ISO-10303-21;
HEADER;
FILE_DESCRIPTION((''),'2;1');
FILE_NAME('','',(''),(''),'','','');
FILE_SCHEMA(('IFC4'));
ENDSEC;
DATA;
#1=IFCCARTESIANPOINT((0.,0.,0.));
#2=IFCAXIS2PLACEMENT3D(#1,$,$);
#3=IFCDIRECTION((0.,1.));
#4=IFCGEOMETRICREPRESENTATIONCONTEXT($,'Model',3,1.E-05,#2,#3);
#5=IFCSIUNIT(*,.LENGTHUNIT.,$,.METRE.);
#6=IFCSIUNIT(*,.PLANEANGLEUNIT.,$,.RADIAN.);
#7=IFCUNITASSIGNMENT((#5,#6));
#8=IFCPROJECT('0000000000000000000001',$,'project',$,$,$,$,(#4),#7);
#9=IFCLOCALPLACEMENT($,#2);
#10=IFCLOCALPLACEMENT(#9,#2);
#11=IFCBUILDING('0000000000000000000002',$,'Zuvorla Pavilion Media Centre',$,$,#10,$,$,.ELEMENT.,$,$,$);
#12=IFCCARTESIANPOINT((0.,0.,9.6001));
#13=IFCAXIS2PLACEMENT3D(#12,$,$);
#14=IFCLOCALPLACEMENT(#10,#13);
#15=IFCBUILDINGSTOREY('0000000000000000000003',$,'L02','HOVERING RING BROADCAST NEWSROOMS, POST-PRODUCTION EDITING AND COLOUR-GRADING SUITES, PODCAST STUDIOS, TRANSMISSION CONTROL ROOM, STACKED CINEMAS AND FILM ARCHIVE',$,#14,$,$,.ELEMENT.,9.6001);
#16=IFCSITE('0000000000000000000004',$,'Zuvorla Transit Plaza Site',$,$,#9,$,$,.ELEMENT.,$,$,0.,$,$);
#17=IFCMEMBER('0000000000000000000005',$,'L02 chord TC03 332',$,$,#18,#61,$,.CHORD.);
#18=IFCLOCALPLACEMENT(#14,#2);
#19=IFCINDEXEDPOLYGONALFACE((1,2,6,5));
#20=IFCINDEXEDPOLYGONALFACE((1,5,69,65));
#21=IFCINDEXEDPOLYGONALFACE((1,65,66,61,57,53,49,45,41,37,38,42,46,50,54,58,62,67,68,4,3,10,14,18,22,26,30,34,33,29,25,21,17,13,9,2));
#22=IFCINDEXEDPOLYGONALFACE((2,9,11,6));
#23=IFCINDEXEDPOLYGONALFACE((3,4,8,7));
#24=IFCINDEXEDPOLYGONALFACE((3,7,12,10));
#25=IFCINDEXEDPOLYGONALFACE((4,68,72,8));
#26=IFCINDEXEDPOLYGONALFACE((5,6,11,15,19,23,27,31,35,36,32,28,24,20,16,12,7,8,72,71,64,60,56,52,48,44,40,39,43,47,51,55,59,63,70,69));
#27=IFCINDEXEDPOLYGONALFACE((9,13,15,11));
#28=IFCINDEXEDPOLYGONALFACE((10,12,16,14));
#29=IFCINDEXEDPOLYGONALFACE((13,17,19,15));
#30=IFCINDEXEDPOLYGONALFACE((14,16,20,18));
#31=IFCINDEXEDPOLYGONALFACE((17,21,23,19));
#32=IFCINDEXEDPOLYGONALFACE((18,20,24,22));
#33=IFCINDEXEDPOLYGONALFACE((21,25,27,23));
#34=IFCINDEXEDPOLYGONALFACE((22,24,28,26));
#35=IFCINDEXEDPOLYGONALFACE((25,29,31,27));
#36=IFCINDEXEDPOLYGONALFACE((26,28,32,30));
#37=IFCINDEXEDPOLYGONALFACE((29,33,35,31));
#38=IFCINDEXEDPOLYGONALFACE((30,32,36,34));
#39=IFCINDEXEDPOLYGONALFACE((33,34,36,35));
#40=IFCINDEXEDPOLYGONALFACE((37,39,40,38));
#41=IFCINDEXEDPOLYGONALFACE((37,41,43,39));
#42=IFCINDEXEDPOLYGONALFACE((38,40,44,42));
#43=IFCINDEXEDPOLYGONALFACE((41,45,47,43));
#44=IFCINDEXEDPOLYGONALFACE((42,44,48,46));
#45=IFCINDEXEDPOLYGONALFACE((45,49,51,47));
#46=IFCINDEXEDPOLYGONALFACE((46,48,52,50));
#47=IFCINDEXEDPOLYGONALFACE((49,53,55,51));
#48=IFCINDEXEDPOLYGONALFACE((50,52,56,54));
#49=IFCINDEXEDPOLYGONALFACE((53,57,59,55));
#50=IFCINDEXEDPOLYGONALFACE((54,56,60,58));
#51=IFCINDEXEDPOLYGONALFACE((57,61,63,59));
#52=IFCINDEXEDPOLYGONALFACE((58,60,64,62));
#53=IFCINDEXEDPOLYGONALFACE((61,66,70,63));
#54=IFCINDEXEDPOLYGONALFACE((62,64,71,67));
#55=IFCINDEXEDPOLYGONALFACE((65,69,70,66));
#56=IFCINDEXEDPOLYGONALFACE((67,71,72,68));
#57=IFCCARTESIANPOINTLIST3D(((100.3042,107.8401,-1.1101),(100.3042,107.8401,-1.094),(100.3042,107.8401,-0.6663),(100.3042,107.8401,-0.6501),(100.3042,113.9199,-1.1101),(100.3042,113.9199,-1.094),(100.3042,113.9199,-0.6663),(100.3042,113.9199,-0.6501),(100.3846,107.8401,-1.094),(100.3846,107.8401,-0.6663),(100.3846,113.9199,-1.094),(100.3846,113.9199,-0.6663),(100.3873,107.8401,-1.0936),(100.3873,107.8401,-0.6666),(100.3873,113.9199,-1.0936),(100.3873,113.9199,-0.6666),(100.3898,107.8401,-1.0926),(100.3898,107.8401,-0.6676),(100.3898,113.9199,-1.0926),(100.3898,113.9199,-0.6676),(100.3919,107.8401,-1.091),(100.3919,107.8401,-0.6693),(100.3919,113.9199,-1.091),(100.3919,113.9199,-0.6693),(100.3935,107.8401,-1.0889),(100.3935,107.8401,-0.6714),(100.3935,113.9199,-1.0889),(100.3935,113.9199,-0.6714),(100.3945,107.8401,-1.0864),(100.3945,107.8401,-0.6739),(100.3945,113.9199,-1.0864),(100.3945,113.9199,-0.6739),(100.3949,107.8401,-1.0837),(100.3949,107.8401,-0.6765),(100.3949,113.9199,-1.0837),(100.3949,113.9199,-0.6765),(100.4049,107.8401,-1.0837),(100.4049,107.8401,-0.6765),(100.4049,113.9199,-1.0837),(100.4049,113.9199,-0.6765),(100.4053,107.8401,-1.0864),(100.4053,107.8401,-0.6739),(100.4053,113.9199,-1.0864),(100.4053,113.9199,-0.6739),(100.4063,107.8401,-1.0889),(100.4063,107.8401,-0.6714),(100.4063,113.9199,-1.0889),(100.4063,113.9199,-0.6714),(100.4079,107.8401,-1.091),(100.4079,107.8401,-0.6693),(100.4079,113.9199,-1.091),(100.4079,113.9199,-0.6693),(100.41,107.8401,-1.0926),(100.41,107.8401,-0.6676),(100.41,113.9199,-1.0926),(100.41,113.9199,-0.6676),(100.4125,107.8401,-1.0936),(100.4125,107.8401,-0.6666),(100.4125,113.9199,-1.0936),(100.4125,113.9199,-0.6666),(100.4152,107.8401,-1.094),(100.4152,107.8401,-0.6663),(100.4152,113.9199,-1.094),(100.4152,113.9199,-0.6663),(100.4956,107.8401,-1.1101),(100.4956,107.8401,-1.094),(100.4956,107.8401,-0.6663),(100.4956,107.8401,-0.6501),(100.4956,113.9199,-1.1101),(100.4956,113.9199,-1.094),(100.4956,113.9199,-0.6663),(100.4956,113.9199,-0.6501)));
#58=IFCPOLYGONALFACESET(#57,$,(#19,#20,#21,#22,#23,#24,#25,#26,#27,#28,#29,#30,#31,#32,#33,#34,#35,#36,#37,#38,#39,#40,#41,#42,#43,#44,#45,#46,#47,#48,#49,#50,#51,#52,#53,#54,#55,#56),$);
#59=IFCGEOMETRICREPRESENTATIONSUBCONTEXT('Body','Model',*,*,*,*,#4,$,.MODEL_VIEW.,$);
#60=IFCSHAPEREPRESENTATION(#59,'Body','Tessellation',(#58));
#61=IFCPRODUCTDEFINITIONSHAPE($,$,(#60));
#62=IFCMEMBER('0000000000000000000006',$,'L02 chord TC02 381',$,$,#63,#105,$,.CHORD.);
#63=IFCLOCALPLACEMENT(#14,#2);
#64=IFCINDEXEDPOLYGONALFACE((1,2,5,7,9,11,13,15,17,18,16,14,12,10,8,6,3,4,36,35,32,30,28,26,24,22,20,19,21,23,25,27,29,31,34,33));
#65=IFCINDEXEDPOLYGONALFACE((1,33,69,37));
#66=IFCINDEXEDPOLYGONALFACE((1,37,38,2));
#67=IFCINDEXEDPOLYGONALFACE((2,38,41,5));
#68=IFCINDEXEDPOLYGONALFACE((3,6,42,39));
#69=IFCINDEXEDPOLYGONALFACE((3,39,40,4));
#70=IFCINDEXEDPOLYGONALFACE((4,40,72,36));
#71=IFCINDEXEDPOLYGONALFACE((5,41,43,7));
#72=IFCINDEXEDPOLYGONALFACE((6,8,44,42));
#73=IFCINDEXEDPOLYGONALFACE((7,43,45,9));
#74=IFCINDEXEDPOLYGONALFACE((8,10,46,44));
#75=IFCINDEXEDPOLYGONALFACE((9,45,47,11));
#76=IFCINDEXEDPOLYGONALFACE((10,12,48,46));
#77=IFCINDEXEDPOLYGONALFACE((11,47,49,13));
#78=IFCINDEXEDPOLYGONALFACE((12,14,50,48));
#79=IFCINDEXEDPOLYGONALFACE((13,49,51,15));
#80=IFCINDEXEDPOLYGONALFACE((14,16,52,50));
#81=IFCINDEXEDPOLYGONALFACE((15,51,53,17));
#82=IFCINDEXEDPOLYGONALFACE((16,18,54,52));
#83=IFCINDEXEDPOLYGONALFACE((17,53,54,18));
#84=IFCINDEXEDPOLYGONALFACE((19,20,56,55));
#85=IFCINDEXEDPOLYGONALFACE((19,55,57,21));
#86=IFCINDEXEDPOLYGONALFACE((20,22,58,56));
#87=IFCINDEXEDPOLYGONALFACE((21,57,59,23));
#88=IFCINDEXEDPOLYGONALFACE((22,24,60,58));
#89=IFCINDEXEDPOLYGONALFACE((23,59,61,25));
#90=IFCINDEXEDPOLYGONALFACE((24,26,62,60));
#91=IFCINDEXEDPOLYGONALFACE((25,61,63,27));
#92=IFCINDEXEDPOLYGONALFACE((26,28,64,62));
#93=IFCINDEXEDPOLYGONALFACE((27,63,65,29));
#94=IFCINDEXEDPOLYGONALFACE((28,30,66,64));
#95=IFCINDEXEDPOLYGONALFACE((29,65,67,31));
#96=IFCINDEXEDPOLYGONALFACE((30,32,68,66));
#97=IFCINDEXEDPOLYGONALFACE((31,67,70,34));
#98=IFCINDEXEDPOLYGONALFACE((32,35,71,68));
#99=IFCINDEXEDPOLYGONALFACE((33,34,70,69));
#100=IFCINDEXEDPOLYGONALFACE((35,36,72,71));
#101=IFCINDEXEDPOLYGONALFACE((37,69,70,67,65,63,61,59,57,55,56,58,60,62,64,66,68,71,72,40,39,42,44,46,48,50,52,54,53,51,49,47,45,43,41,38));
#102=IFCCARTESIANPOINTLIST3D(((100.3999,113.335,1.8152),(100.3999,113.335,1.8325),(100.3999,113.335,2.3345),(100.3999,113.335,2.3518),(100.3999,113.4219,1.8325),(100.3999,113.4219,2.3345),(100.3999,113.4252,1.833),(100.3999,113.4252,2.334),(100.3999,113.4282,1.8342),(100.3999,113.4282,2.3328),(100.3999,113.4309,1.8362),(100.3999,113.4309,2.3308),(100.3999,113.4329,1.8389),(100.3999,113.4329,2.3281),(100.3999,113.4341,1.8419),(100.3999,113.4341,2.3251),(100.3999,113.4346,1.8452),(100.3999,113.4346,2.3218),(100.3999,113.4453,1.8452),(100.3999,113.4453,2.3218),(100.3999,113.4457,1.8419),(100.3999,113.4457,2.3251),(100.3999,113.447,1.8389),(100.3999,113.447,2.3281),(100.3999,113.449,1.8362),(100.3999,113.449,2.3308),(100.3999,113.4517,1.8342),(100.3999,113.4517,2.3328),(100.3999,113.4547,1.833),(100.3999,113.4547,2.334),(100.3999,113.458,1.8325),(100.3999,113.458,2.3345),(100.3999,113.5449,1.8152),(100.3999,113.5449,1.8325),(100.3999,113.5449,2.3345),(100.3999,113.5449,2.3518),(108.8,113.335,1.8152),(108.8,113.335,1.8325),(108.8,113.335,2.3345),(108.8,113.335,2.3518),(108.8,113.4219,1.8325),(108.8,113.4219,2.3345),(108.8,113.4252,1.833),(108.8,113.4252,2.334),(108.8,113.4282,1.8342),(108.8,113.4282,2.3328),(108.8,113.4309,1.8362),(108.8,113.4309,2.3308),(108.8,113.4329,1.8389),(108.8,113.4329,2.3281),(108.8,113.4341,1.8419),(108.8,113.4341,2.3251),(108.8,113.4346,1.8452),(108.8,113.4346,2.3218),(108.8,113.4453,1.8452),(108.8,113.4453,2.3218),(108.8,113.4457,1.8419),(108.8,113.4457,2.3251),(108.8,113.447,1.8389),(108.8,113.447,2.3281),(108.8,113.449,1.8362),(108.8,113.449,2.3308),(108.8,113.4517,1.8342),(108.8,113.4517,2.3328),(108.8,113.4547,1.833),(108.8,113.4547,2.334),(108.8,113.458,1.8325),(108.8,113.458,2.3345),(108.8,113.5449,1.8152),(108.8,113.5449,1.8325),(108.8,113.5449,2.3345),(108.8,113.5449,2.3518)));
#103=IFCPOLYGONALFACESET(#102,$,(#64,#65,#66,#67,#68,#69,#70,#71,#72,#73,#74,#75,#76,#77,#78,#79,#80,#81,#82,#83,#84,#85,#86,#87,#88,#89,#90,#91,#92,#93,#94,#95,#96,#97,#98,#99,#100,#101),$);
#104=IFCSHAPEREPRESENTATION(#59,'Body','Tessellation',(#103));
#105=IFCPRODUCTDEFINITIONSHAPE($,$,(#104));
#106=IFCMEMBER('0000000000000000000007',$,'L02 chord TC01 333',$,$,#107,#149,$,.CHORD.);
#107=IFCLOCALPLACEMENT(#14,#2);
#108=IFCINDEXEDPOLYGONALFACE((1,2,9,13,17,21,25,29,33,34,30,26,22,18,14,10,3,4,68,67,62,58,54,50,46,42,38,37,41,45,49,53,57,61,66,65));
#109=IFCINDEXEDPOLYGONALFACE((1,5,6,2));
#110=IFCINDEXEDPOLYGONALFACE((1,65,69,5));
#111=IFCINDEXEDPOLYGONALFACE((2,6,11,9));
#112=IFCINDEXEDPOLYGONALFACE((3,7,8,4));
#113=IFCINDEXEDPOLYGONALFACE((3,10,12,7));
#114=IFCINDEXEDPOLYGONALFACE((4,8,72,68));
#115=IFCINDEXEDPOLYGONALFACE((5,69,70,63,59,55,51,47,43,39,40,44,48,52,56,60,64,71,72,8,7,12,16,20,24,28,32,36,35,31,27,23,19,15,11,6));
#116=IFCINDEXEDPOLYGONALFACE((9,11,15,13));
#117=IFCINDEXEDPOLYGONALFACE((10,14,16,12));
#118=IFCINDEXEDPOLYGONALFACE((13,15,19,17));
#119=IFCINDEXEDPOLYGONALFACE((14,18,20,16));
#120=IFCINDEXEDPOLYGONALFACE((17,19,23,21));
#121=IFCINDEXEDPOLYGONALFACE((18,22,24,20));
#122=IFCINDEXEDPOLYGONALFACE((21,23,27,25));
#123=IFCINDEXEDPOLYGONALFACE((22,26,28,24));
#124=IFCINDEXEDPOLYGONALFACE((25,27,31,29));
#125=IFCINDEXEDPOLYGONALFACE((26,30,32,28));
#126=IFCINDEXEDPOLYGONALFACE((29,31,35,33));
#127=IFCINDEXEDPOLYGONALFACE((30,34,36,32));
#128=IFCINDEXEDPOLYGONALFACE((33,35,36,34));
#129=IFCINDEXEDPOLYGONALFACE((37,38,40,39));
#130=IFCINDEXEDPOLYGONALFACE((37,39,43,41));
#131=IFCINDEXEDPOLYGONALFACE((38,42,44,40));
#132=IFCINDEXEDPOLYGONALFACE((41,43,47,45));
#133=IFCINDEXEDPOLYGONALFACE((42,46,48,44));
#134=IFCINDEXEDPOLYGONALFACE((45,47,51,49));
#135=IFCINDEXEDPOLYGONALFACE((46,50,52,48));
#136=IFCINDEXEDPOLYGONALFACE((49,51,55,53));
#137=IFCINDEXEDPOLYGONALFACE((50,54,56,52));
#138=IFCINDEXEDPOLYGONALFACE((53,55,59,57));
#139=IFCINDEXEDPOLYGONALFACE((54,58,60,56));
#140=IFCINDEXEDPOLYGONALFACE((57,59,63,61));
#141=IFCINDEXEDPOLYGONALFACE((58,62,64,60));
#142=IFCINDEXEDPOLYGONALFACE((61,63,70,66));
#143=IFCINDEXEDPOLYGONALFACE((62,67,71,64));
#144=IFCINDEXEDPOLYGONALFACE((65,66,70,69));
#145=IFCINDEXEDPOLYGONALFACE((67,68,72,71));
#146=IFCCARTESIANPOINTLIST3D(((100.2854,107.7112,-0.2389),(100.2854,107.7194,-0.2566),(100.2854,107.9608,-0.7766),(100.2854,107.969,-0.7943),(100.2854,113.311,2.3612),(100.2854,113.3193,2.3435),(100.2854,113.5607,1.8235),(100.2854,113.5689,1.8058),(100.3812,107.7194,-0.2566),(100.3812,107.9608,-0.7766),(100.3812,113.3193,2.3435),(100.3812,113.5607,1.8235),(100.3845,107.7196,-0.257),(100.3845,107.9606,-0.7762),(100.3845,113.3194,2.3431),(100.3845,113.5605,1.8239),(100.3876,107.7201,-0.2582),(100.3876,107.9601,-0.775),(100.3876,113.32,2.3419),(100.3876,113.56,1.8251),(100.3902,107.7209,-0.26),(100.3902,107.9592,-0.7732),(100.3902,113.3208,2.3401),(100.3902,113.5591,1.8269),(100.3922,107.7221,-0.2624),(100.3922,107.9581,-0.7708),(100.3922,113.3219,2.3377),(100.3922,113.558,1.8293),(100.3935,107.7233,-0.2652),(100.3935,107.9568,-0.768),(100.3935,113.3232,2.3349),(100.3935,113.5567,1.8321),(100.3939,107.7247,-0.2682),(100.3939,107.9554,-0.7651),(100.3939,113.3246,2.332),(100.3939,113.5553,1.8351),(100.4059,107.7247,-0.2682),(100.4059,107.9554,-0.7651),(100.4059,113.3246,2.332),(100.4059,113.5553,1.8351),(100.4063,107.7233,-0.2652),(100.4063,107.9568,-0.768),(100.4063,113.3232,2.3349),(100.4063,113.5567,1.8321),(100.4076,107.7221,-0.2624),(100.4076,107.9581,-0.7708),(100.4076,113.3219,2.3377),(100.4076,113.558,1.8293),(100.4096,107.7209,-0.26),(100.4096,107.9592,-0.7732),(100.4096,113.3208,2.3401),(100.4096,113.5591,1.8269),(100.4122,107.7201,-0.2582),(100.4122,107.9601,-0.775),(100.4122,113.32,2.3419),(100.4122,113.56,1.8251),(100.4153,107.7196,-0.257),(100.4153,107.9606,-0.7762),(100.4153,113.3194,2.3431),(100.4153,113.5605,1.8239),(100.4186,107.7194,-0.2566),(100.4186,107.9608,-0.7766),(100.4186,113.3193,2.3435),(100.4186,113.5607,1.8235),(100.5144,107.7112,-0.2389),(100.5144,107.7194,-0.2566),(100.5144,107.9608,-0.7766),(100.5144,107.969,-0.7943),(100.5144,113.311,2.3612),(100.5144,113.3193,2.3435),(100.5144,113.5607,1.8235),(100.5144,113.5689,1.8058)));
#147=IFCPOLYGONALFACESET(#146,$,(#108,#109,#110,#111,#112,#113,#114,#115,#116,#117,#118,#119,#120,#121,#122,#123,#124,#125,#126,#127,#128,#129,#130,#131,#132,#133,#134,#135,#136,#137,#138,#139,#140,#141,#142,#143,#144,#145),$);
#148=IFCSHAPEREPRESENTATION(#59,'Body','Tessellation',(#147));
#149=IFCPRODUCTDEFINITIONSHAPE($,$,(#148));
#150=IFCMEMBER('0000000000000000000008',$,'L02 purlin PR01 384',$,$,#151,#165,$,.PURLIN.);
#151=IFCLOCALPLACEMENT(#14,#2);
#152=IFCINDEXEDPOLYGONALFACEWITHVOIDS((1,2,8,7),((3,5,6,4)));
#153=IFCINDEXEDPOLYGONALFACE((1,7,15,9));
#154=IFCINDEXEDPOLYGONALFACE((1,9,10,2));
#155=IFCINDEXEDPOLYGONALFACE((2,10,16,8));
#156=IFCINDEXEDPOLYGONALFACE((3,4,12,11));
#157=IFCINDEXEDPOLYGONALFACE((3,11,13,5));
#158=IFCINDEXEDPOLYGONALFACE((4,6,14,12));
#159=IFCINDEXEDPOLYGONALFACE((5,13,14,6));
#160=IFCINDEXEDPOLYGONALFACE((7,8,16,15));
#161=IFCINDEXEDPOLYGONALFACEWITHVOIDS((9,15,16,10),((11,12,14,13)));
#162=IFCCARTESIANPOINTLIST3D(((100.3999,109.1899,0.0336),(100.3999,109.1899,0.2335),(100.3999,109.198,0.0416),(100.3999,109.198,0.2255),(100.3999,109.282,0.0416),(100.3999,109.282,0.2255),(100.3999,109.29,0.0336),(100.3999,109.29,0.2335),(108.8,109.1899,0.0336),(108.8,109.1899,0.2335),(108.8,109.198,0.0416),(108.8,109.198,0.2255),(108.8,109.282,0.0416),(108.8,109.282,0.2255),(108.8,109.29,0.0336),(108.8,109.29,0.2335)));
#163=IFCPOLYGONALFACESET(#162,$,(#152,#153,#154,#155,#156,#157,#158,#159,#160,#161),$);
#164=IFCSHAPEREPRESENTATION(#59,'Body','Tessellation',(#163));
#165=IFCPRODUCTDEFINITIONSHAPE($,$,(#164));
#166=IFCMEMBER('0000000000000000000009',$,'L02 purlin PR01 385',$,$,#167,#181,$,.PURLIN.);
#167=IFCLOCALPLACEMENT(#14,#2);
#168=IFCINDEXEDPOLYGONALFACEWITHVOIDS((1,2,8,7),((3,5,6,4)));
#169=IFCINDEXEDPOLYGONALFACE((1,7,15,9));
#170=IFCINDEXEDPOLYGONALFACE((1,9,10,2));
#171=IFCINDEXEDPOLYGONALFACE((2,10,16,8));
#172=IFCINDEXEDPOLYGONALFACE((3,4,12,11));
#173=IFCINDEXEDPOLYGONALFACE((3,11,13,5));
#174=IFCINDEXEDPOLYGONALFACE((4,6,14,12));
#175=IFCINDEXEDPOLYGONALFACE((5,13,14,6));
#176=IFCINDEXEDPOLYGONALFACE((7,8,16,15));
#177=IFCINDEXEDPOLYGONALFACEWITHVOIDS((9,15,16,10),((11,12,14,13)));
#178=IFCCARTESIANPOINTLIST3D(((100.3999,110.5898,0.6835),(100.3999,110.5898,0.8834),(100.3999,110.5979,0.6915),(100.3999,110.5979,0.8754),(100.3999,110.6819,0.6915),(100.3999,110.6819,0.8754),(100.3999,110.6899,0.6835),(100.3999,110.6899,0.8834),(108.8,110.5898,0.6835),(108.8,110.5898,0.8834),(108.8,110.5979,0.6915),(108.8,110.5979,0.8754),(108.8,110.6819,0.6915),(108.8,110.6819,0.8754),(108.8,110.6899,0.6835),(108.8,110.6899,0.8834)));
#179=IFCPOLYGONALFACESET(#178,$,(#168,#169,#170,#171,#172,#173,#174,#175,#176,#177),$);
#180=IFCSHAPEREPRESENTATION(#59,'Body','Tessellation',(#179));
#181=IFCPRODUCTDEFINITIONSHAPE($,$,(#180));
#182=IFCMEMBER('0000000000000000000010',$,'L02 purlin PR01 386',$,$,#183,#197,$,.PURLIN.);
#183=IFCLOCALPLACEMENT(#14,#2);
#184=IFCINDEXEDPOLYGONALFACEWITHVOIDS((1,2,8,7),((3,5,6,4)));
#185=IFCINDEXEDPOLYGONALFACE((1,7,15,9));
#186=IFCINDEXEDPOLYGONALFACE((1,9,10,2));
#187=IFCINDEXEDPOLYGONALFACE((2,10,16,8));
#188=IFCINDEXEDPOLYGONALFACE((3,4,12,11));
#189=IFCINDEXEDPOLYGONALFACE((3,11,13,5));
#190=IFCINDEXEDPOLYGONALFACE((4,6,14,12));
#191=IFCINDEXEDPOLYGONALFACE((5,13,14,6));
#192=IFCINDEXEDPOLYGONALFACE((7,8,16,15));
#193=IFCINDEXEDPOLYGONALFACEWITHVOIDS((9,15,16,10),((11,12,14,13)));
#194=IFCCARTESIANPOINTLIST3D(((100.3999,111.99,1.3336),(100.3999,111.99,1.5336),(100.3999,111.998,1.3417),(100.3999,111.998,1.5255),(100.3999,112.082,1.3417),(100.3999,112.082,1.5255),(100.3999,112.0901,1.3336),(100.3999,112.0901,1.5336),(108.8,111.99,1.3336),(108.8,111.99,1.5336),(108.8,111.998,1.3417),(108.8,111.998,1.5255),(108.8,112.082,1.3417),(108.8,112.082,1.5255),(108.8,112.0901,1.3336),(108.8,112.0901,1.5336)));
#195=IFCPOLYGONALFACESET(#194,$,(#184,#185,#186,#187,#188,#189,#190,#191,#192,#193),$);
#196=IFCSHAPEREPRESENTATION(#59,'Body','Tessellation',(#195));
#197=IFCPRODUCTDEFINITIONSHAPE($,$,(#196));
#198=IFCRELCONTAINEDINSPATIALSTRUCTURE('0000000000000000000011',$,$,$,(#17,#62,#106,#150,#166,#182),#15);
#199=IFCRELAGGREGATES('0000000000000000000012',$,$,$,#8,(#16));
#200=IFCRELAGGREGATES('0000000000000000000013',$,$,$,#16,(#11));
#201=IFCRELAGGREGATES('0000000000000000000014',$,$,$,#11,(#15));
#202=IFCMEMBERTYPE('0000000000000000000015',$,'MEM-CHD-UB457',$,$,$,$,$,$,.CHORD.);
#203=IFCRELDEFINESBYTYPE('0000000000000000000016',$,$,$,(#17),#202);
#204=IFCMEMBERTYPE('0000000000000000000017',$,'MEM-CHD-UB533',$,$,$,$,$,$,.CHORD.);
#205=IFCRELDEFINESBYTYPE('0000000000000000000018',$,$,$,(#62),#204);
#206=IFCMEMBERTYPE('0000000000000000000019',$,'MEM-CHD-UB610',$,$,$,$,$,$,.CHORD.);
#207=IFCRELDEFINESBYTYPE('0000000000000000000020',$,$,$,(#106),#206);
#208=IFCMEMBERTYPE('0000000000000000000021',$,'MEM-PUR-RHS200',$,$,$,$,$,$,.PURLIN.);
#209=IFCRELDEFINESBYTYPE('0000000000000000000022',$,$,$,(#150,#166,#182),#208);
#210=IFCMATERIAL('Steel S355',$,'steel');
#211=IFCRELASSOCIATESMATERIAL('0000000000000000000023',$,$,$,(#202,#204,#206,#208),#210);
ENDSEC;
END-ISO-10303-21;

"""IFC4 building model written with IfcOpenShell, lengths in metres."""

from ifc_helpers import new_model, si_unit, direction, frame, origin, origin_2d, place, context, subcontext, project, spatial, hollow_rectangle, i_section, extrude, material, material_profile, profile_set, type_object, element, save


model = new_model("IFC4")

# Units and contexts
model_context = context("Model", 3, precision=1e-05, world=origin(), true_north=direction((0.0, 1.0)))
body_context = subcontext(model_context, "Body", "Model", "MODEL_VIEW")
ifc_project = project(units=[si_unit("LENGTHUNIT", "METRE"), si_unit("PLANEANGLEUNIT", "RADIAN")], contexts=[model_context])

# Site, building, storey
site_placement = place(None, origin())
site = spatial("IfcSite", under=ifc_project, at=site_placement, Name="Zuvorla Transit Plaza Site", CompositionType="ELEMENT", RefElevation=0.0)
building_placement = place(site_placement, origin())
building = spatial("IfcBuilding", under=site, at=building_placement, Name="Zuvorla Pavilion Media Centre", CompositionType="ELEMENT")
storey_placement = place(building_placement, frame((0.0, 0.0, 9.6001)))
storey = spatial("IfcBuildingStorey", under=building, at=storey_placement, Name="L02", Description="HOVERING RING BROADCAST NEWSROOMS, POST-PRODUCTION EDITING AND COLOUR-GRADING SUITES, PODCAST STUDIOS, TRANSMISSION CONTROL ROOM, STACKED CINEMAS AND FILM ARCHIVE", CompositionType="ELEMENT", Elevation=9.6001)

# Members
ifc_material_1 = material(Name="Steel S355", Category="steel")
ifc_material_profile_1 = material_profile(ifc_material_1, i_section(OverallWidth=0.1914, OverallDepth=0.46, WebThickness=0.01, FlangeThickness=0.0161, FilletRadius=0.0103, at=origin_2d()), Name="UB 457x191x82")
ifc_profile_set_1 = profile_set([ifc_material_profile_1], Name="Steel S355")
member_type_1 = type_object("IfcMemberType", Name="MEM-CHD-UB457", PredefinedType="CHORD", material=ifc_profile_set_1)
member_1_placement = place(storey_placement, frame((100.3999, 107.8401, -0.8801), z_axis=(0.0, 1.0, 0.0), x_axis=(-1.0, 0.0, 0.0)))
element("IfcMember", 1, at=member_1_placement, inside=storey, type_object=member_type_1, Name="L02 chord TC03 332", PredefinedType="CHORD", context=body_context, shape_type="SweptSolid", body=[
    extrude(i_section(OverallWidth=0.1914, OverallDepth=0.46, WebThickness=0.01, FlangeThickness=0.0161, FilletRadius=0.0103, at=origin_2d()), origin(), (0.0, 0.0, 1.0), 6.0798),
])
ifc_material_profile_2 = material_profile(ifc_material_1, i_section(OverallWidth=0.21, OverallDepth=0.5366, WebThickness=0.0107, FlangeThickness=0.0173, FilletRadius=0.0127, at=origin_2d()), Name="UB 533x210x101")
ifc_profile_set_2 = profile_set([ifc_material_profile_2], Name="Steel S355")
member_type_2 = type_object("IfcMemberType", Name="MEM-CHD-UB533", PredefinedType="CHORD", material=ifc_profile_set_2)
member_2_placement = place(storey_placement, frame((100.3999, 113.4399, 2.0835), z_axis=(1.0, 0.0, 0.0), x_axis=(0.0, 1.0, 0.0)))
element("IfcMember", 2, at=member_2_placement, inside=storey, type_object=member_type_2, Name="L02 chord TC02 381", PredefinedType="CHORD", context=body_context, shape_type="SweptSolid", body=[
    extrude(i_section(OverallWidth=0.21, OverallDepth=0.5366, WebThickness=0.0107, FlangeThickness=0.0173, FilletRadius=0.0127, at=origin_2d()), origin(), (0.0, 0.0, 1.0), 8.4001),
])
ifc_material_profile_3 = material_profile(ifc_material_1, i_section(OverallWidth=0.229, OverallDepth=0.6123, WebThickness=0.012, FlangeThickness=0.0195, FilletRadius=0.0127, at=origin_2d()), Name="UB 610x229x125")
ifc_profile_set_3 = profile_set([ifc_material_profile_3], Name="Steel S355")
member_type_3 = type_object("IfcMemberType", Name="MEM-CHD-UB610", PredefinedType="CHORD", material=ifc_profile_set_3)
member_3_placement = place(storey_placement, frame((100.3999, 107.8401, -0.5166), z_axis=(0.0, 0.906999, 0.421133), x_axis=(-1.0, 0.0, 0.0)))
element("IfcMember", 3, at=member_3_placement, inside=storey, type_object=member_type_3, Name="L02 chord TC01 333", PredefinedType="CHORD", context=body_context, shape_type="SweptSolid", body=[
    extrude(i_section(OverallWidth=0.229, OverallDepth=0.6123, WebThickness=0.012, FlangeThickness=0.0195, FilletRadius=0.0127, at=origin_2d()), origin(), (0.0, 0.0, 1.0), 6.1741),
])
ifc_material_profile_4 = material_profile(ifc_material_1, hollow_rectangle(XDim=0.1001, YDim=0.2, WallThickness=0.0081, at=origin_2d()), Name="RHS 200x100x8")
ifc_profile_set_4 = profile_set([ifc_material_profile_4], Name="Steel S355")
member_type_4 = type_object("IfcMemberType", Name="MEM-PUR-RHS200", PredefinedType="PURLIN", material=ifc_profile_set_4)
for number, where, z_axis, x_axis, name in (
    (4, (100.3999, 109.24, 0.1335), (1.0, 0.0, 0.0), (0.0, 1.0, 0.0), "L02 purlin PR01 384"),
    (5, (100.3999, 110.6399, 0.7834), (1.0, 0.0, 0.0), (0.0, 1.0, 0.0), "L02 purlin PR01 385"),
    (6, (100.3999, 112.04, 1.4336), (1.0, 0.0, 0.0), (0.0, 1.0, 0.0), "L02 purlin PR01 386"),
):
    element("IfcMember", number, at=place(storey_placement, frame(where, z_axis=z_axis, x_axis=x_axis)), inside=storey, type_object=member_type_4, Name=name, PredefinedType="PURLIN", context=body_context, shape_type="SweptSolid", body=[
        extrude(hollow_rectangle(XDim=0.1001, YDim=0.2, WallThickness=0.0081, at=origin_2d()), origin(), (0.0, 0.0, 1.0), 8.4001),
    ])

save(model, "model.ifc")
